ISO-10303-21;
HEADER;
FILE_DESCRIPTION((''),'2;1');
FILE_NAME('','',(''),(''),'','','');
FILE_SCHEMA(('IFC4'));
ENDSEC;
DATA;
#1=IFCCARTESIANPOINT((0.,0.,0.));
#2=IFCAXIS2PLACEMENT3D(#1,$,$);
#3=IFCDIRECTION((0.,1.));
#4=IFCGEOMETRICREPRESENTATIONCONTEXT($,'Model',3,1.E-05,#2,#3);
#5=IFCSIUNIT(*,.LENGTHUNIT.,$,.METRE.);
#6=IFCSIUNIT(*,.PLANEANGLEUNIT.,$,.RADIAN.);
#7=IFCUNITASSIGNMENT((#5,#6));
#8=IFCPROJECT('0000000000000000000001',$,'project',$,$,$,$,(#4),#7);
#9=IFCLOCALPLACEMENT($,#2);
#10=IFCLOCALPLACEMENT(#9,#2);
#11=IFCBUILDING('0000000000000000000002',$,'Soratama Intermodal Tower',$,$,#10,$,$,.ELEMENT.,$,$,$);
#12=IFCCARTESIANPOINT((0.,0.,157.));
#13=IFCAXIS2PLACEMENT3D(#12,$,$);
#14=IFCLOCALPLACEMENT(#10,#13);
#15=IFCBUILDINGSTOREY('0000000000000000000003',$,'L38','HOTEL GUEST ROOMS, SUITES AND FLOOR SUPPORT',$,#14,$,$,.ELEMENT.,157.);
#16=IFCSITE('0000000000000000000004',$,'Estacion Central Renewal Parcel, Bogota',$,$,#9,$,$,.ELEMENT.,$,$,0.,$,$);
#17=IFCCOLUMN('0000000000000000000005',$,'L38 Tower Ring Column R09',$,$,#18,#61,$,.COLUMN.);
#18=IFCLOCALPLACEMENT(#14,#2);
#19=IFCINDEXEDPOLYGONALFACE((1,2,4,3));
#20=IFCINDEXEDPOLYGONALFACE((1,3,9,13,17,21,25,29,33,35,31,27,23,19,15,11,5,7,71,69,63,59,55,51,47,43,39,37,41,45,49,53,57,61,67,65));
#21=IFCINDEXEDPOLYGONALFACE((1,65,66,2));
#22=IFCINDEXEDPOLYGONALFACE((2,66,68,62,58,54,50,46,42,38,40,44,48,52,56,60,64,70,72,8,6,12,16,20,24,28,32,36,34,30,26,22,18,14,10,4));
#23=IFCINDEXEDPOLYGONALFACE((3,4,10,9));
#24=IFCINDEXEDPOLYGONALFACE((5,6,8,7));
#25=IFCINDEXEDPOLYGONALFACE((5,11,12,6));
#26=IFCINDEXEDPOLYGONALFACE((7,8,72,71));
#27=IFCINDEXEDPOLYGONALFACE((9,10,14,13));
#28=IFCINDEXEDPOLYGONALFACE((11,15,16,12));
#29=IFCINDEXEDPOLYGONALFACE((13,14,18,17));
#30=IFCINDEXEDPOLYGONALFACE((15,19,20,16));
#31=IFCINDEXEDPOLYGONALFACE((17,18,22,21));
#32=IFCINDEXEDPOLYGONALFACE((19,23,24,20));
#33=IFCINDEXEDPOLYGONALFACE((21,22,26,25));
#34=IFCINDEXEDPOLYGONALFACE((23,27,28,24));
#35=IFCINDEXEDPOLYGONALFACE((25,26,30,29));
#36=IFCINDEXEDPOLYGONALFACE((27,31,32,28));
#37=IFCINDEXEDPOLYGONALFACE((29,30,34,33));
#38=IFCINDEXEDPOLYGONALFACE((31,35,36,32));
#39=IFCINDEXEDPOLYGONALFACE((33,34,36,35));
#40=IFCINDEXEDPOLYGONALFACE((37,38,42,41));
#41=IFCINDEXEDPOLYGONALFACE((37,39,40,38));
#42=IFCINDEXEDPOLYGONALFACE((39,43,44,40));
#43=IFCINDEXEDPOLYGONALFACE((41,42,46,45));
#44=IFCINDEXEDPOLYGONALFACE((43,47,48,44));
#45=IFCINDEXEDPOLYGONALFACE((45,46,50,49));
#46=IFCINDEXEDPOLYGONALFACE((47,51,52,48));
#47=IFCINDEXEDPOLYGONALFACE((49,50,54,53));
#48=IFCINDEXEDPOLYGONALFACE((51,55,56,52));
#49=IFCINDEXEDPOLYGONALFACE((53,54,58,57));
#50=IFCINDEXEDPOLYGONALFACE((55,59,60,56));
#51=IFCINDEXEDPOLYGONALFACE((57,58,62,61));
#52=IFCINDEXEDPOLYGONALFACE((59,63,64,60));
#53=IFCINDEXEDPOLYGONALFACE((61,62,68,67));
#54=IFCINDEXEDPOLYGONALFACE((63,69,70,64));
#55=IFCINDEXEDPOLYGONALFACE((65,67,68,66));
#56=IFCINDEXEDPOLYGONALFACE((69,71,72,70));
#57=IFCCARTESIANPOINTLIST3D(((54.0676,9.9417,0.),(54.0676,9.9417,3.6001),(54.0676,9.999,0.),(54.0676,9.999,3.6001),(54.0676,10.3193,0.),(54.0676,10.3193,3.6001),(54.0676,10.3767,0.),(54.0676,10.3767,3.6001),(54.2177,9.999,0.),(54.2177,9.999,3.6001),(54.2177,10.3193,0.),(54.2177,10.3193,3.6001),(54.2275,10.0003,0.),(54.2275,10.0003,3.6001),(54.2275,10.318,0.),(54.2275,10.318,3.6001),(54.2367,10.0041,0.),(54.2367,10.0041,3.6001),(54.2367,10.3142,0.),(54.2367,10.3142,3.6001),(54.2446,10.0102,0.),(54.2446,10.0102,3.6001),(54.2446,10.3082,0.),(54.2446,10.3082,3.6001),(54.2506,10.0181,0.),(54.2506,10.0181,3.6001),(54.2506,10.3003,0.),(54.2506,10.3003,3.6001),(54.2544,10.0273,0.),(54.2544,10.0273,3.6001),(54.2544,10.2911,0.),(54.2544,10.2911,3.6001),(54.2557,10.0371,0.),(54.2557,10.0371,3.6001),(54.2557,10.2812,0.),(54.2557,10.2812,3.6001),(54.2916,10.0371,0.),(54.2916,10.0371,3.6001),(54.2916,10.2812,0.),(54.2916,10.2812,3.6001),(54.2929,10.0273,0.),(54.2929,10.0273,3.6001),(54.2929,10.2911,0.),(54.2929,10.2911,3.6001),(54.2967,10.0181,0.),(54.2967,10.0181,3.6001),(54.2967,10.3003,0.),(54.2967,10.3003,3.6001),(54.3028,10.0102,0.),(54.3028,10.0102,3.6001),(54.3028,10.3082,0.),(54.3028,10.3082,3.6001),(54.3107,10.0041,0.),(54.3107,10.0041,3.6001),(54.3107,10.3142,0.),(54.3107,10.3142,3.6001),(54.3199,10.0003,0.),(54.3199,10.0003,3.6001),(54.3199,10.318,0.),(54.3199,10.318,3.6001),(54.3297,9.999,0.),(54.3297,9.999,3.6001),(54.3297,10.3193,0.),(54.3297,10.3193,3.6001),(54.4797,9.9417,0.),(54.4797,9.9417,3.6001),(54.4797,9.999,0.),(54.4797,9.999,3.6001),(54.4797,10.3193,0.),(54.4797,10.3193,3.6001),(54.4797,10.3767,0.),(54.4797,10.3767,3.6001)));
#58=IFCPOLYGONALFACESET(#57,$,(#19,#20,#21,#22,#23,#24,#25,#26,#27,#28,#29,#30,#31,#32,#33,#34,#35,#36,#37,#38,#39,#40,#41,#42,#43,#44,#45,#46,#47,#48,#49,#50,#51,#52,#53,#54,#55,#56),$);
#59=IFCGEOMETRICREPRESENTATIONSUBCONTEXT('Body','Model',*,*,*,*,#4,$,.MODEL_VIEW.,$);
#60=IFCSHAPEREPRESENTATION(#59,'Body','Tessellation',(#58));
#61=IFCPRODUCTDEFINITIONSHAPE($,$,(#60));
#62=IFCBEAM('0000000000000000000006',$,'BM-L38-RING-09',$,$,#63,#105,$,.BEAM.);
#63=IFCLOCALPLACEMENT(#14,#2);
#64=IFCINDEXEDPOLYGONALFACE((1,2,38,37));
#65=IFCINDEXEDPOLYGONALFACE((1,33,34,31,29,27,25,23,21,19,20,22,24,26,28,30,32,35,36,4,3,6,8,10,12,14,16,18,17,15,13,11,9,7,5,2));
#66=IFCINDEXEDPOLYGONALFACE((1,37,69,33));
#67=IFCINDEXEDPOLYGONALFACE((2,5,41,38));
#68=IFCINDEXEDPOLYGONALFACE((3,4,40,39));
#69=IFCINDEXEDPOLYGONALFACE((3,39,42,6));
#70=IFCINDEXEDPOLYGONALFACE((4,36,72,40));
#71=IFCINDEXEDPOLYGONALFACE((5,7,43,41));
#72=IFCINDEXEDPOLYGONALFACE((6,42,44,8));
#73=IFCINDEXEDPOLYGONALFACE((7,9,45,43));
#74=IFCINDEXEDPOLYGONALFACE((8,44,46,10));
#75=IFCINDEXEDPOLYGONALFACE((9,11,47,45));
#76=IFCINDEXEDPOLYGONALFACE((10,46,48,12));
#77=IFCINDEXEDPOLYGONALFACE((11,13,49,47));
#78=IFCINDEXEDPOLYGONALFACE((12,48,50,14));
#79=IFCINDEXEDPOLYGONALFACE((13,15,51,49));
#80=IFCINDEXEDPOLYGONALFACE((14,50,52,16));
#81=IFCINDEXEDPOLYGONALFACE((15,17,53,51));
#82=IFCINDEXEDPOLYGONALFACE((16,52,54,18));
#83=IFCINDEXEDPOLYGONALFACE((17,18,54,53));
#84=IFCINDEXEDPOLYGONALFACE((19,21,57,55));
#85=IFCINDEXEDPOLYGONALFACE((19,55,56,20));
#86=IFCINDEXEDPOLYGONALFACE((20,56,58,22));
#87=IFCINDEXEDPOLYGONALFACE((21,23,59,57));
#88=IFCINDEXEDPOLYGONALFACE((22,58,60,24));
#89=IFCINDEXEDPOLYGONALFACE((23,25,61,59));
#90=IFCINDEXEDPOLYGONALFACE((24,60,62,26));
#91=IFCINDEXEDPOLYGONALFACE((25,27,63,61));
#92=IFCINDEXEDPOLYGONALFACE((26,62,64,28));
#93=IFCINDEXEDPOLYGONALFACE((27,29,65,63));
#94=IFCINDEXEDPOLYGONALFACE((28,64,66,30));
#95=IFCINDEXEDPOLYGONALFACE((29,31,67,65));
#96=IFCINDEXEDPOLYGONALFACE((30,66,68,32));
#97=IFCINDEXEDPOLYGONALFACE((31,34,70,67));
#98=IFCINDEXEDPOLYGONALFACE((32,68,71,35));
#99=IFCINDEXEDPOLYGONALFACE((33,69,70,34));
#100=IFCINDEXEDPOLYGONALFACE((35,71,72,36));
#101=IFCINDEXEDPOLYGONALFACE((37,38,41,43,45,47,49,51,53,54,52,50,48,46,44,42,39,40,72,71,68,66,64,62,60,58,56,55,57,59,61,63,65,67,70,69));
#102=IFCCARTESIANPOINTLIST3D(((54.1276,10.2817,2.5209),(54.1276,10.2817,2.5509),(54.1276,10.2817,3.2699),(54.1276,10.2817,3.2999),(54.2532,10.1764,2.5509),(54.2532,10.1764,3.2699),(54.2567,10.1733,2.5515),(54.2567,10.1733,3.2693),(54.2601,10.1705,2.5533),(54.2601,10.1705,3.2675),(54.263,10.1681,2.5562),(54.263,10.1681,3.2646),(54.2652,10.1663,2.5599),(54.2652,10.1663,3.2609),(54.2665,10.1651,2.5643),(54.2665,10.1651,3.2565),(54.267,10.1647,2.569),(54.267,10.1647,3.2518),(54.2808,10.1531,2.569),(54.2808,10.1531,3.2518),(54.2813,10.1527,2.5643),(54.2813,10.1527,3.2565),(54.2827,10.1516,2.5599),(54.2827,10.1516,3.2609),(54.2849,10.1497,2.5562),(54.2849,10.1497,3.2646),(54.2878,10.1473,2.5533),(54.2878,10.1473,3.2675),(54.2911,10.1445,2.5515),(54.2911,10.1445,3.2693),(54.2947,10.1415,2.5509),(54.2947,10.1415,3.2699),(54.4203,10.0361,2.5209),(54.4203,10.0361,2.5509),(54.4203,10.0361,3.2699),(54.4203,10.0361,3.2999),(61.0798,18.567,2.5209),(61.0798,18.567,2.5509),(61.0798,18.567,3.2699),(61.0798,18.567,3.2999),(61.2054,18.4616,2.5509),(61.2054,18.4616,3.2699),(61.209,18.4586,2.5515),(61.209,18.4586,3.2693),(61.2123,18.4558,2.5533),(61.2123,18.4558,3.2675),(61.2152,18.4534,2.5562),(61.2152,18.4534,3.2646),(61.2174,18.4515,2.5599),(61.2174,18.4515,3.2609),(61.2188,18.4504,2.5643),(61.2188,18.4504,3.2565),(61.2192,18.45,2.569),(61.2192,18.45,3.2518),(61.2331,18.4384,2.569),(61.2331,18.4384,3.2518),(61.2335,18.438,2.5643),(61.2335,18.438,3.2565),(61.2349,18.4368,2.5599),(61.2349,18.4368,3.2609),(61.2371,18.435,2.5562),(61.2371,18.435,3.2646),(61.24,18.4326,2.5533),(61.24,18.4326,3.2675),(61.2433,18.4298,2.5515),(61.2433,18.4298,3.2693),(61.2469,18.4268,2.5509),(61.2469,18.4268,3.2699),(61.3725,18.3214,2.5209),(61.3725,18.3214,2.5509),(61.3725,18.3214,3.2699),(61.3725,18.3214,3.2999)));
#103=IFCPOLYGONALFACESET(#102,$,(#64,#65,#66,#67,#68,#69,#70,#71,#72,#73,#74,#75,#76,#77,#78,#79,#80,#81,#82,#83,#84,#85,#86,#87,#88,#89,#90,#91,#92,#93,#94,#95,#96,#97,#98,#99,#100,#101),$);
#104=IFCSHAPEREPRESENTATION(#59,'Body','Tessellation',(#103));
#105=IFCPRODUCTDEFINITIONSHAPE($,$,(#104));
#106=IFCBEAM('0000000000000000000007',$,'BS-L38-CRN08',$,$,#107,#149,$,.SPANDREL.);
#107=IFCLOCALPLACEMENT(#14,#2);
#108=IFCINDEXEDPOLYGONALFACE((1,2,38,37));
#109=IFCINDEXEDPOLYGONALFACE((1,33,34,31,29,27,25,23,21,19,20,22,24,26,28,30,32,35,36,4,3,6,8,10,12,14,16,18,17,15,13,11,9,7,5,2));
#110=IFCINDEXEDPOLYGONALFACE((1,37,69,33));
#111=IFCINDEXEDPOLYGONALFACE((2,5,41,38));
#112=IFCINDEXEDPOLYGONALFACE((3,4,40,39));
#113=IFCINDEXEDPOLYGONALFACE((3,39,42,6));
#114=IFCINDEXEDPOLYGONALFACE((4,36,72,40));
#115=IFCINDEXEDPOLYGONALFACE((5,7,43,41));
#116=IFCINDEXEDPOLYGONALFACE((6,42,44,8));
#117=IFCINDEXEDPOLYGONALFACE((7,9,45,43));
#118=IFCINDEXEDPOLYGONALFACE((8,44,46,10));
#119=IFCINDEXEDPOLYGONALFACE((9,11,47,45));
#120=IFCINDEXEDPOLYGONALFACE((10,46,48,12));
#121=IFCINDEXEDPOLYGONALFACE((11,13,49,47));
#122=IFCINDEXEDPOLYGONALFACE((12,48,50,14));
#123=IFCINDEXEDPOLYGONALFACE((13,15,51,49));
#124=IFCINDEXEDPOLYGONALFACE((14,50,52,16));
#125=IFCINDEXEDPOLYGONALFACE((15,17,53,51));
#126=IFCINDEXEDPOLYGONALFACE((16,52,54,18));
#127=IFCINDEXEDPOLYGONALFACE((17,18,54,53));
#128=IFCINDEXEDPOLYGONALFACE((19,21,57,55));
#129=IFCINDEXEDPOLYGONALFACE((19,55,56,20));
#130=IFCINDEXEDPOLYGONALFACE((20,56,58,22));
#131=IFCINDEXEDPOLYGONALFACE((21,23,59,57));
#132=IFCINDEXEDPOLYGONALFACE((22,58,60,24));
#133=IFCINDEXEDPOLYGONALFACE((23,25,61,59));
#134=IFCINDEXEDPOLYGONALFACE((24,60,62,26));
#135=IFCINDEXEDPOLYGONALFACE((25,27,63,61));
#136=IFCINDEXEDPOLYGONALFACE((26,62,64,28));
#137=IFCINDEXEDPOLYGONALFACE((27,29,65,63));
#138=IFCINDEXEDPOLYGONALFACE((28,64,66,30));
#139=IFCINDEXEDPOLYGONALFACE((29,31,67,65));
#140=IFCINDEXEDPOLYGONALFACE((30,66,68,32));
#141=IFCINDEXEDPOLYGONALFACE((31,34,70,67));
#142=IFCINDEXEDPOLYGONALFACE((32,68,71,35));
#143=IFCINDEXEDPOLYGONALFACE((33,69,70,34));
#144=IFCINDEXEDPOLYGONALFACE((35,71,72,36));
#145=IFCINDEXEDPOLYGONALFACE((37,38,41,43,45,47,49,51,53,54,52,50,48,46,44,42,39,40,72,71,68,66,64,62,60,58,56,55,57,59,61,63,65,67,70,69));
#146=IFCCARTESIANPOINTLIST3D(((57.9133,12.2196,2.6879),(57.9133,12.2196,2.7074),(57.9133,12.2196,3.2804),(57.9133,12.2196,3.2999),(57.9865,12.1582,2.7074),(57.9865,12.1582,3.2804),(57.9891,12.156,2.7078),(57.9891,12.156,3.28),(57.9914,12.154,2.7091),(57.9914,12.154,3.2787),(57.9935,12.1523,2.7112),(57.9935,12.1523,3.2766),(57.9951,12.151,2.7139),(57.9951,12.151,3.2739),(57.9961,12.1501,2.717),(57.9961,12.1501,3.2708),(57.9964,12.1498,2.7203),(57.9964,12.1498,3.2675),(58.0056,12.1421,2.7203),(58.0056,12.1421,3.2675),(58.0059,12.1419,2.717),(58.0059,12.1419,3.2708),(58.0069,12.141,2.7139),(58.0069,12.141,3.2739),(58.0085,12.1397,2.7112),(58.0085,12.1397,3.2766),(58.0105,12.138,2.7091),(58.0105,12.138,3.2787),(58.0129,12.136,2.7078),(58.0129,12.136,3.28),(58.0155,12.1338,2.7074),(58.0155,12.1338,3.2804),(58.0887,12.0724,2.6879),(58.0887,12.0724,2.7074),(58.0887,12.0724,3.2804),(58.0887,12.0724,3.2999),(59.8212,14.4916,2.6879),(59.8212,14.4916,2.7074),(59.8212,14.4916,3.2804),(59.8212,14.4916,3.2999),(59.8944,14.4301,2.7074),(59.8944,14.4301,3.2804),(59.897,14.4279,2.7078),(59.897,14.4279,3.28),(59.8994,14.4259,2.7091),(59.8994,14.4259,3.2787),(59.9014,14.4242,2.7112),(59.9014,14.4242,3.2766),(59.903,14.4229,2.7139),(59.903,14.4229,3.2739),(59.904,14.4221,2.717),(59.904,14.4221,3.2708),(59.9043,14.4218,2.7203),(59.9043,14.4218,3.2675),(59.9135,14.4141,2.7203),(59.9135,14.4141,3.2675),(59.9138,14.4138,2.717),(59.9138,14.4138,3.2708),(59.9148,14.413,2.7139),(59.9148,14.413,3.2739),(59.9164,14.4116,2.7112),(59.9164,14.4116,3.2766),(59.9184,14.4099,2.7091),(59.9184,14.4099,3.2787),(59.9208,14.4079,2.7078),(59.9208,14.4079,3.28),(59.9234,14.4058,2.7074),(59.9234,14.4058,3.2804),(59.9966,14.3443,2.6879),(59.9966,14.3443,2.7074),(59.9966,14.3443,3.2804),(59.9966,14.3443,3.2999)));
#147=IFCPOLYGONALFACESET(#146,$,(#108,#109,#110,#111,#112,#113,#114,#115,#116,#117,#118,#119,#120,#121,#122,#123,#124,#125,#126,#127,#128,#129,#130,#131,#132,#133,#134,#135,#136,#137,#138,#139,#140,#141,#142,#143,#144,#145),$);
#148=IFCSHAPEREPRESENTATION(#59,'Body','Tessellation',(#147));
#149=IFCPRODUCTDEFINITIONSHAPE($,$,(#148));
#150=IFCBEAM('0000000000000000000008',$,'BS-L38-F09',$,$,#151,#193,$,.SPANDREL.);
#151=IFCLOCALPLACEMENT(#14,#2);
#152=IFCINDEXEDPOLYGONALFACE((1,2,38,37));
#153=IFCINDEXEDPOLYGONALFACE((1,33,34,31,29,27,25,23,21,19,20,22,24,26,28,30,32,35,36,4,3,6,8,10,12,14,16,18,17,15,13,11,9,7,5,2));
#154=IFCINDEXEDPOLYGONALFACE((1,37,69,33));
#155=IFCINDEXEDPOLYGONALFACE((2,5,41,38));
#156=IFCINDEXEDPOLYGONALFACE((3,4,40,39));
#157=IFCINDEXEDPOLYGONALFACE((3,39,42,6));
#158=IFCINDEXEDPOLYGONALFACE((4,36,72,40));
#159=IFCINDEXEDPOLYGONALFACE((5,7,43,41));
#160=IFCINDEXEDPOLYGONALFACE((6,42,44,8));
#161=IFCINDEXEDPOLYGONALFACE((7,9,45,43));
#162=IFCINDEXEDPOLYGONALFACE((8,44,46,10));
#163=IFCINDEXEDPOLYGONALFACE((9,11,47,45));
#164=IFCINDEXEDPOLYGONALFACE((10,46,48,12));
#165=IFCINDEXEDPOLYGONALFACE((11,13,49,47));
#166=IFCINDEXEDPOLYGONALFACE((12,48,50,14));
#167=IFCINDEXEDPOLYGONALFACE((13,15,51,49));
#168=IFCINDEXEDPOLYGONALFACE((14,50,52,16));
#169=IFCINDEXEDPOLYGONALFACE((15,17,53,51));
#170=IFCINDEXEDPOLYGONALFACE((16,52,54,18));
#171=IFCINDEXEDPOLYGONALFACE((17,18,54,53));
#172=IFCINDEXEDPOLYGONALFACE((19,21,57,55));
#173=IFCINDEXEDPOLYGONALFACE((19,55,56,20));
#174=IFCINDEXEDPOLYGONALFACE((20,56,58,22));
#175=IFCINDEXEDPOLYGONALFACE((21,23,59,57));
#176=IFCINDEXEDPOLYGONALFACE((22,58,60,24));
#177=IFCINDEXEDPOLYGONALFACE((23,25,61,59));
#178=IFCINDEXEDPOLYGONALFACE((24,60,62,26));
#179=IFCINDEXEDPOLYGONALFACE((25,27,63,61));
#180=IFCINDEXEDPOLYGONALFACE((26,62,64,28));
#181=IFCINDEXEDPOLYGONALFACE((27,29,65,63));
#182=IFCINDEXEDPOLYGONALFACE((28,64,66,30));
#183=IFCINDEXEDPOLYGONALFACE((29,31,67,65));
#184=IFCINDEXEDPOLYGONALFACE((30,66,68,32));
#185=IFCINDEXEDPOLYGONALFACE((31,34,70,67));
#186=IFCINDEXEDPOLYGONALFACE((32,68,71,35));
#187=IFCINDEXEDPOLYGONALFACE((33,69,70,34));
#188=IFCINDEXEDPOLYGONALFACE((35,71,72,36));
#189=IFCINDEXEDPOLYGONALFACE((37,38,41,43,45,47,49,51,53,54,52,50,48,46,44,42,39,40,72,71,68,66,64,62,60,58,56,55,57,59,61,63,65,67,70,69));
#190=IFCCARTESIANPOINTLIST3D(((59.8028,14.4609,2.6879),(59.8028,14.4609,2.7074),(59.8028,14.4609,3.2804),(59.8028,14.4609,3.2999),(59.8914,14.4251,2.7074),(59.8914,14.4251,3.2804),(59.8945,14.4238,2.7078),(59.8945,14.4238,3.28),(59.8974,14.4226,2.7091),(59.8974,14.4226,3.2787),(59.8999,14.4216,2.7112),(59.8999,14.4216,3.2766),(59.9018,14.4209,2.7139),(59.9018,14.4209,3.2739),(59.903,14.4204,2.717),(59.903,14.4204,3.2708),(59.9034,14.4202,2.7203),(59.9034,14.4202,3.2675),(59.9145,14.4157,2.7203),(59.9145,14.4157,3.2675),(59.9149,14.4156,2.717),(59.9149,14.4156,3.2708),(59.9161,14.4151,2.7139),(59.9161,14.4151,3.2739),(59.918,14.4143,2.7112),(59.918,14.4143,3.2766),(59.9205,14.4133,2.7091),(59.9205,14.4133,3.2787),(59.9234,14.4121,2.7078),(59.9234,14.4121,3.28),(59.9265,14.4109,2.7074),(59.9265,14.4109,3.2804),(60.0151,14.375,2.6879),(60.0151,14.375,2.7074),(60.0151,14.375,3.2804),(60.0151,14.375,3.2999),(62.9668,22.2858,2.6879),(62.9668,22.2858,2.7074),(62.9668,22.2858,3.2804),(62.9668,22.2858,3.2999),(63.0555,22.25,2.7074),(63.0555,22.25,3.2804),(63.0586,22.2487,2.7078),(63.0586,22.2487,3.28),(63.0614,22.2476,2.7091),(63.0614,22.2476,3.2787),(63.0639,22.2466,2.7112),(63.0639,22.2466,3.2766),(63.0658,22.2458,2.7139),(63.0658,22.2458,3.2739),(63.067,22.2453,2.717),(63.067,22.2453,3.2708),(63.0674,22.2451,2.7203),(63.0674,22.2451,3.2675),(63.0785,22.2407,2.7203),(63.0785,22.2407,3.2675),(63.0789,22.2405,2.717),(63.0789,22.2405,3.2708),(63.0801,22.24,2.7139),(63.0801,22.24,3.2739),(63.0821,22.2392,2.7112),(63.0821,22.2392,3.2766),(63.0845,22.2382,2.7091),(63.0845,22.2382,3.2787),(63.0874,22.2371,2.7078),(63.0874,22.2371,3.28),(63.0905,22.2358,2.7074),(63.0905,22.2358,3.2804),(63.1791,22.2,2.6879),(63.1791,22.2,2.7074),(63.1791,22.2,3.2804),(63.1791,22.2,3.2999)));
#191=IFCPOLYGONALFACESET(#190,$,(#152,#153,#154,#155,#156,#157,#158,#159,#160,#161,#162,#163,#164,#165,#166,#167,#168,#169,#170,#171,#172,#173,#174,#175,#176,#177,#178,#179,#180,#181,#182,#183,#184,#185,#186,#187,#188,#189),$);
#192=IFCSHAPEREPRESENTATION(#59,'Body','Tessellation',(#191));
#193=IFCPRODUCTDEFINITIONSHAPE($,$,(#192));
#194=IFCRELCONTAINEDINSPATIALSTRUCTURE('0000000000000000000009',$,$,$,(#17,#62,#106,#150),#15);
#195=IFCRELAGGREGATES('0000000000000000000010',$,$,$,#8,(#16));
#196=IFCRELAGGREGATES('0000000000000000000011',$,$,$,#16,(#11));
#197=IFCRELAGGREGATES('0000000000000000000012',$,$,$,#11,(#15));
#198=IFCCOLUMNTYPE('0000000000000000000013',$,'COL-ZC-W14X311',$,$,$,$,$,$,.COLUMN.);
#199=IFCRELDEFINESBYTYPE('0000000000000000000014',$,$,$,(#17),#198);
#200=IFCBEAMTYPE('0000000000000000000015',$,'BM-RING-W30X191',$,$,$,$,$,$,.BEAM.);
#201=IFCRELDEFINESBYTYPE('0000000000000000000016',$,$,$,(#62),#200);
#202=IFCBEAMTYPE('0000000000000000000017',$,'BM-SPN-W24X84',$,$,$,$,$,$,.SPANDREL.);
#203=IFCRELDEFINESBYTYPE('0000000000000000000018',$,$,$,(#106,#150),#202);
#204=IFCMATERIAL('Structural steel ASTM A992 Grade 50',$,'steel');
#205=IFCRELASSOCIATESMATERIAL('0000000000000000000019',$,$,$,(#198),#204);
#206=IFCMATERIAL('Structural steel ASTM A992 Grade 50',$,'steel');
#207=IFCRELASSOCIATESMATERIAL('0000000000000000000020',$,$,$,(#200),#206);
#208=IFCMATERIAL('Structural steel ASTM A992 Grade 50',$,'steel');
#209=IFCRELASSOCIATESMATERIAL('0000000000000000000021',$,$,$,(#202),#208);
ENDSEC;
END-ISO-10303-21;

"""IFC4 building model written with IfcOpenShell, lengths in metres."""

from ifc_helpers import new_model, si_unit, direction, frame, origin, origin_2d, place, context, subcontext, project, spatial, i_section, extrude, material, material_profile, profile_set, type_object, element, save


model = new_model("IFC4")

# Units and contexts
model_context = context("Model", 3, precision=1e-05, world=origin(), true_north=direction((0.0, 1.0)))
body_context = subcontext(model_context, "Body", "Model", "MODEL_VIEW")
ifc_project = project(units=[si_unit("LENGTHUNIT", "METRE"), si_unit("PLANEANGLEUNIT", "RADIAN")], contexts=[model_context])

# Site, building, storey
site_placement = place(None, origin())
site = spatial("IfcSite", under=ifc_project, at=site_placement, Name="Estacion Central Renewal Parcel, Bogota", CompositionType="ELEMENT", RefElevation=0.0)
building_placement = place(site_placement, origin())
building = spatial("IfcBuilding", under=site, at=building_placement, Name="Soratama Intermodal Tower", CompositionType="ELEMENT")
storey_placement = place(building_placement, frame((0.0, 0.0, 157.0)))
storey = spatial("IfcBuildingStorey", under=building, at=storey_placement, Name="L38", Description="HOTEL GUEST ROOMS, SUITES AND FLOOR SUPPORT", CompositionType="ELEMENT", Elevation=157.0)

# Column
ifc_material_1 = material(Name="Structural steel ASTM A992 Grade 50", Category="steel")
ifc_material_profile_1 = material_profile(ifc_material_1, i_section(OverallWidth=0.4121, OverallDepth=0.4351, WebThickness=0.0359, FlangeThickness=0.0574, FilletRadius=0.0381, at=origin_2d()), Name="W14X311")
ifc_profile_set_1 = profile_set([ifc_material_profile_1], Name="Structural steel ASTM A992 Grade 50")
column_type = type_object("IfcColumnType", Name="COL-ZC-W14X311", PredefinedType="COLUMN", material=ifc_profile_set_1)
column_placement = place(storey_placement, frame((54.2737, 10.1592, 0.0), z_axis=(0.0, 0.0, 1.0), x_axis=(1.0, 0.0, 0.0)))
element("IfcColumn", 1, at=column_placement, inside=storey, type_object=column_type, Name="L38 Tower Ring Column R09", PredefinedType="COLUMN", context=body_context, shape_type="SweptSolid", body=[
    extrude(i_section(OverallWidth=0.4121, OverallDepth=0.4351, WebThickness=0.0359, FlangeThickness=0.0574, FilletRadius=0.0381, at=origin_2d()), origin(), (0.0, 0.0, 1.0), 3.6001),
])

# Beams
ifc_material_2 = material(Name="Structural steel ASTM A992 Grade 50", Category="steel")
ifc_material_profile_2 = material_profile(ifc_material_2, i_section(OverallWidth=0.3821, OverallDepth=0.7791, WebThickness=0.0181, FlangeThickness=0.03, FilletRadius=0.0181, at=origin_2d()), Name="W30X191")
ifc_profile_set_2 = profile_set([ifc_material_profile_2], Name="Structural steel ASTM A992 Grade 50")
beam_type_1 = type_object("IfcBeamType", Name="BM-RING-W30X191", PredefinedType="BEAM", material=ifc_profile_set_2)
beam_1_placement = place(storey_placement, frame((54.2739, 10.1589, 2.9104), z_axis=(0.642792, 0.766041, 0.0), x_axis=(-0.766041, 0.642792, 0.0)))
element("IfcBeam", 2, at=beam_1_placement, inside=storey, type_object=beam_type_1, Name="BM-L38-RING-09", PredefinedType="BEAM", context=body_context, shape_type="SweptSolid", body=[
    extrude(i_section(OverallWidth=0.3821, OverallDepth=0.7791, WebThickness=0.0181, FlangeThickness=0.03, FilletRadius=0.0181, at=origin_2d()), origin(), (0.0, 0.0, 1.0), 10.8157),
])
ifc_material_3 = material(Name="Structural steel ASTM A992 Grade 50", Category="steel")
ifc_material_profile_3 = material_profile(ifc_material_3, i_section(OverallWidth=0.229, OverallDepth=0.6121, WebThickness=0.012, FlangeThickness=0.0195, FilletRadius=0.0129, at=origin_2d()), Name="W24X84")
ifc_profile_set_3 = profile_set([ifc_material_profile_3], Name="Structural steel ASTM A992 Grade 50")
beam_type_2 = type_object("IfcBeamType", Name="BM-SPN-W24X84", PredefinedType="SPANDREL", material=ifc_profile_set_3)
beam_2_placement = place(storey_placement, frame((58.001, 12.146, 2.9939), z_axis=(0.643094, 0.765788, 0.0), x_axis=(-0.765788, 0.643094, 0.0)))
element("IfcBeam", 3, at=beam_2_placement, inside=storey, type_object=beam_type_2, Name="BS-L38-CRN08", PredefinedType="SPANDREL", context=body_context, shape_type="SweptSolid", body=[
    extrude(i_section(OverallWidth=0.229, OverallDepth=0.6121, WebThickness=0.012, FlangeThickness=0.0195, FilletRadius=0.0129, at=origin_2d()), origin(), (0.0, 0.0, 1.0), 2.9668),
])
beam_3_placement = place(storey_placement, frame((59.9089, 14.418, 2.9939), z_axis=(0.374869, 0.927078, 0.0), x_axis=(-0.927078, 0.374869, 0.0)))
element("IfcBeam", 4, at=beam_3_placement, inside=storey, type_object=beam_type_2, Name="BS-L38-F09", PredefinedType="SPANDREL", context=body_context, shape_type="SweptSolid", body=[
    extrude(i_section(OverallWidth=0.229, OverallDepth=0.6121, WebThickness=0.012, FlangeThickness=0.0195, FilletRadius=0.0129, at=origin_2d()), origin(), (0.0, 0.0, 1.0), 8.4404),
])

save(model, "model.ifc")
